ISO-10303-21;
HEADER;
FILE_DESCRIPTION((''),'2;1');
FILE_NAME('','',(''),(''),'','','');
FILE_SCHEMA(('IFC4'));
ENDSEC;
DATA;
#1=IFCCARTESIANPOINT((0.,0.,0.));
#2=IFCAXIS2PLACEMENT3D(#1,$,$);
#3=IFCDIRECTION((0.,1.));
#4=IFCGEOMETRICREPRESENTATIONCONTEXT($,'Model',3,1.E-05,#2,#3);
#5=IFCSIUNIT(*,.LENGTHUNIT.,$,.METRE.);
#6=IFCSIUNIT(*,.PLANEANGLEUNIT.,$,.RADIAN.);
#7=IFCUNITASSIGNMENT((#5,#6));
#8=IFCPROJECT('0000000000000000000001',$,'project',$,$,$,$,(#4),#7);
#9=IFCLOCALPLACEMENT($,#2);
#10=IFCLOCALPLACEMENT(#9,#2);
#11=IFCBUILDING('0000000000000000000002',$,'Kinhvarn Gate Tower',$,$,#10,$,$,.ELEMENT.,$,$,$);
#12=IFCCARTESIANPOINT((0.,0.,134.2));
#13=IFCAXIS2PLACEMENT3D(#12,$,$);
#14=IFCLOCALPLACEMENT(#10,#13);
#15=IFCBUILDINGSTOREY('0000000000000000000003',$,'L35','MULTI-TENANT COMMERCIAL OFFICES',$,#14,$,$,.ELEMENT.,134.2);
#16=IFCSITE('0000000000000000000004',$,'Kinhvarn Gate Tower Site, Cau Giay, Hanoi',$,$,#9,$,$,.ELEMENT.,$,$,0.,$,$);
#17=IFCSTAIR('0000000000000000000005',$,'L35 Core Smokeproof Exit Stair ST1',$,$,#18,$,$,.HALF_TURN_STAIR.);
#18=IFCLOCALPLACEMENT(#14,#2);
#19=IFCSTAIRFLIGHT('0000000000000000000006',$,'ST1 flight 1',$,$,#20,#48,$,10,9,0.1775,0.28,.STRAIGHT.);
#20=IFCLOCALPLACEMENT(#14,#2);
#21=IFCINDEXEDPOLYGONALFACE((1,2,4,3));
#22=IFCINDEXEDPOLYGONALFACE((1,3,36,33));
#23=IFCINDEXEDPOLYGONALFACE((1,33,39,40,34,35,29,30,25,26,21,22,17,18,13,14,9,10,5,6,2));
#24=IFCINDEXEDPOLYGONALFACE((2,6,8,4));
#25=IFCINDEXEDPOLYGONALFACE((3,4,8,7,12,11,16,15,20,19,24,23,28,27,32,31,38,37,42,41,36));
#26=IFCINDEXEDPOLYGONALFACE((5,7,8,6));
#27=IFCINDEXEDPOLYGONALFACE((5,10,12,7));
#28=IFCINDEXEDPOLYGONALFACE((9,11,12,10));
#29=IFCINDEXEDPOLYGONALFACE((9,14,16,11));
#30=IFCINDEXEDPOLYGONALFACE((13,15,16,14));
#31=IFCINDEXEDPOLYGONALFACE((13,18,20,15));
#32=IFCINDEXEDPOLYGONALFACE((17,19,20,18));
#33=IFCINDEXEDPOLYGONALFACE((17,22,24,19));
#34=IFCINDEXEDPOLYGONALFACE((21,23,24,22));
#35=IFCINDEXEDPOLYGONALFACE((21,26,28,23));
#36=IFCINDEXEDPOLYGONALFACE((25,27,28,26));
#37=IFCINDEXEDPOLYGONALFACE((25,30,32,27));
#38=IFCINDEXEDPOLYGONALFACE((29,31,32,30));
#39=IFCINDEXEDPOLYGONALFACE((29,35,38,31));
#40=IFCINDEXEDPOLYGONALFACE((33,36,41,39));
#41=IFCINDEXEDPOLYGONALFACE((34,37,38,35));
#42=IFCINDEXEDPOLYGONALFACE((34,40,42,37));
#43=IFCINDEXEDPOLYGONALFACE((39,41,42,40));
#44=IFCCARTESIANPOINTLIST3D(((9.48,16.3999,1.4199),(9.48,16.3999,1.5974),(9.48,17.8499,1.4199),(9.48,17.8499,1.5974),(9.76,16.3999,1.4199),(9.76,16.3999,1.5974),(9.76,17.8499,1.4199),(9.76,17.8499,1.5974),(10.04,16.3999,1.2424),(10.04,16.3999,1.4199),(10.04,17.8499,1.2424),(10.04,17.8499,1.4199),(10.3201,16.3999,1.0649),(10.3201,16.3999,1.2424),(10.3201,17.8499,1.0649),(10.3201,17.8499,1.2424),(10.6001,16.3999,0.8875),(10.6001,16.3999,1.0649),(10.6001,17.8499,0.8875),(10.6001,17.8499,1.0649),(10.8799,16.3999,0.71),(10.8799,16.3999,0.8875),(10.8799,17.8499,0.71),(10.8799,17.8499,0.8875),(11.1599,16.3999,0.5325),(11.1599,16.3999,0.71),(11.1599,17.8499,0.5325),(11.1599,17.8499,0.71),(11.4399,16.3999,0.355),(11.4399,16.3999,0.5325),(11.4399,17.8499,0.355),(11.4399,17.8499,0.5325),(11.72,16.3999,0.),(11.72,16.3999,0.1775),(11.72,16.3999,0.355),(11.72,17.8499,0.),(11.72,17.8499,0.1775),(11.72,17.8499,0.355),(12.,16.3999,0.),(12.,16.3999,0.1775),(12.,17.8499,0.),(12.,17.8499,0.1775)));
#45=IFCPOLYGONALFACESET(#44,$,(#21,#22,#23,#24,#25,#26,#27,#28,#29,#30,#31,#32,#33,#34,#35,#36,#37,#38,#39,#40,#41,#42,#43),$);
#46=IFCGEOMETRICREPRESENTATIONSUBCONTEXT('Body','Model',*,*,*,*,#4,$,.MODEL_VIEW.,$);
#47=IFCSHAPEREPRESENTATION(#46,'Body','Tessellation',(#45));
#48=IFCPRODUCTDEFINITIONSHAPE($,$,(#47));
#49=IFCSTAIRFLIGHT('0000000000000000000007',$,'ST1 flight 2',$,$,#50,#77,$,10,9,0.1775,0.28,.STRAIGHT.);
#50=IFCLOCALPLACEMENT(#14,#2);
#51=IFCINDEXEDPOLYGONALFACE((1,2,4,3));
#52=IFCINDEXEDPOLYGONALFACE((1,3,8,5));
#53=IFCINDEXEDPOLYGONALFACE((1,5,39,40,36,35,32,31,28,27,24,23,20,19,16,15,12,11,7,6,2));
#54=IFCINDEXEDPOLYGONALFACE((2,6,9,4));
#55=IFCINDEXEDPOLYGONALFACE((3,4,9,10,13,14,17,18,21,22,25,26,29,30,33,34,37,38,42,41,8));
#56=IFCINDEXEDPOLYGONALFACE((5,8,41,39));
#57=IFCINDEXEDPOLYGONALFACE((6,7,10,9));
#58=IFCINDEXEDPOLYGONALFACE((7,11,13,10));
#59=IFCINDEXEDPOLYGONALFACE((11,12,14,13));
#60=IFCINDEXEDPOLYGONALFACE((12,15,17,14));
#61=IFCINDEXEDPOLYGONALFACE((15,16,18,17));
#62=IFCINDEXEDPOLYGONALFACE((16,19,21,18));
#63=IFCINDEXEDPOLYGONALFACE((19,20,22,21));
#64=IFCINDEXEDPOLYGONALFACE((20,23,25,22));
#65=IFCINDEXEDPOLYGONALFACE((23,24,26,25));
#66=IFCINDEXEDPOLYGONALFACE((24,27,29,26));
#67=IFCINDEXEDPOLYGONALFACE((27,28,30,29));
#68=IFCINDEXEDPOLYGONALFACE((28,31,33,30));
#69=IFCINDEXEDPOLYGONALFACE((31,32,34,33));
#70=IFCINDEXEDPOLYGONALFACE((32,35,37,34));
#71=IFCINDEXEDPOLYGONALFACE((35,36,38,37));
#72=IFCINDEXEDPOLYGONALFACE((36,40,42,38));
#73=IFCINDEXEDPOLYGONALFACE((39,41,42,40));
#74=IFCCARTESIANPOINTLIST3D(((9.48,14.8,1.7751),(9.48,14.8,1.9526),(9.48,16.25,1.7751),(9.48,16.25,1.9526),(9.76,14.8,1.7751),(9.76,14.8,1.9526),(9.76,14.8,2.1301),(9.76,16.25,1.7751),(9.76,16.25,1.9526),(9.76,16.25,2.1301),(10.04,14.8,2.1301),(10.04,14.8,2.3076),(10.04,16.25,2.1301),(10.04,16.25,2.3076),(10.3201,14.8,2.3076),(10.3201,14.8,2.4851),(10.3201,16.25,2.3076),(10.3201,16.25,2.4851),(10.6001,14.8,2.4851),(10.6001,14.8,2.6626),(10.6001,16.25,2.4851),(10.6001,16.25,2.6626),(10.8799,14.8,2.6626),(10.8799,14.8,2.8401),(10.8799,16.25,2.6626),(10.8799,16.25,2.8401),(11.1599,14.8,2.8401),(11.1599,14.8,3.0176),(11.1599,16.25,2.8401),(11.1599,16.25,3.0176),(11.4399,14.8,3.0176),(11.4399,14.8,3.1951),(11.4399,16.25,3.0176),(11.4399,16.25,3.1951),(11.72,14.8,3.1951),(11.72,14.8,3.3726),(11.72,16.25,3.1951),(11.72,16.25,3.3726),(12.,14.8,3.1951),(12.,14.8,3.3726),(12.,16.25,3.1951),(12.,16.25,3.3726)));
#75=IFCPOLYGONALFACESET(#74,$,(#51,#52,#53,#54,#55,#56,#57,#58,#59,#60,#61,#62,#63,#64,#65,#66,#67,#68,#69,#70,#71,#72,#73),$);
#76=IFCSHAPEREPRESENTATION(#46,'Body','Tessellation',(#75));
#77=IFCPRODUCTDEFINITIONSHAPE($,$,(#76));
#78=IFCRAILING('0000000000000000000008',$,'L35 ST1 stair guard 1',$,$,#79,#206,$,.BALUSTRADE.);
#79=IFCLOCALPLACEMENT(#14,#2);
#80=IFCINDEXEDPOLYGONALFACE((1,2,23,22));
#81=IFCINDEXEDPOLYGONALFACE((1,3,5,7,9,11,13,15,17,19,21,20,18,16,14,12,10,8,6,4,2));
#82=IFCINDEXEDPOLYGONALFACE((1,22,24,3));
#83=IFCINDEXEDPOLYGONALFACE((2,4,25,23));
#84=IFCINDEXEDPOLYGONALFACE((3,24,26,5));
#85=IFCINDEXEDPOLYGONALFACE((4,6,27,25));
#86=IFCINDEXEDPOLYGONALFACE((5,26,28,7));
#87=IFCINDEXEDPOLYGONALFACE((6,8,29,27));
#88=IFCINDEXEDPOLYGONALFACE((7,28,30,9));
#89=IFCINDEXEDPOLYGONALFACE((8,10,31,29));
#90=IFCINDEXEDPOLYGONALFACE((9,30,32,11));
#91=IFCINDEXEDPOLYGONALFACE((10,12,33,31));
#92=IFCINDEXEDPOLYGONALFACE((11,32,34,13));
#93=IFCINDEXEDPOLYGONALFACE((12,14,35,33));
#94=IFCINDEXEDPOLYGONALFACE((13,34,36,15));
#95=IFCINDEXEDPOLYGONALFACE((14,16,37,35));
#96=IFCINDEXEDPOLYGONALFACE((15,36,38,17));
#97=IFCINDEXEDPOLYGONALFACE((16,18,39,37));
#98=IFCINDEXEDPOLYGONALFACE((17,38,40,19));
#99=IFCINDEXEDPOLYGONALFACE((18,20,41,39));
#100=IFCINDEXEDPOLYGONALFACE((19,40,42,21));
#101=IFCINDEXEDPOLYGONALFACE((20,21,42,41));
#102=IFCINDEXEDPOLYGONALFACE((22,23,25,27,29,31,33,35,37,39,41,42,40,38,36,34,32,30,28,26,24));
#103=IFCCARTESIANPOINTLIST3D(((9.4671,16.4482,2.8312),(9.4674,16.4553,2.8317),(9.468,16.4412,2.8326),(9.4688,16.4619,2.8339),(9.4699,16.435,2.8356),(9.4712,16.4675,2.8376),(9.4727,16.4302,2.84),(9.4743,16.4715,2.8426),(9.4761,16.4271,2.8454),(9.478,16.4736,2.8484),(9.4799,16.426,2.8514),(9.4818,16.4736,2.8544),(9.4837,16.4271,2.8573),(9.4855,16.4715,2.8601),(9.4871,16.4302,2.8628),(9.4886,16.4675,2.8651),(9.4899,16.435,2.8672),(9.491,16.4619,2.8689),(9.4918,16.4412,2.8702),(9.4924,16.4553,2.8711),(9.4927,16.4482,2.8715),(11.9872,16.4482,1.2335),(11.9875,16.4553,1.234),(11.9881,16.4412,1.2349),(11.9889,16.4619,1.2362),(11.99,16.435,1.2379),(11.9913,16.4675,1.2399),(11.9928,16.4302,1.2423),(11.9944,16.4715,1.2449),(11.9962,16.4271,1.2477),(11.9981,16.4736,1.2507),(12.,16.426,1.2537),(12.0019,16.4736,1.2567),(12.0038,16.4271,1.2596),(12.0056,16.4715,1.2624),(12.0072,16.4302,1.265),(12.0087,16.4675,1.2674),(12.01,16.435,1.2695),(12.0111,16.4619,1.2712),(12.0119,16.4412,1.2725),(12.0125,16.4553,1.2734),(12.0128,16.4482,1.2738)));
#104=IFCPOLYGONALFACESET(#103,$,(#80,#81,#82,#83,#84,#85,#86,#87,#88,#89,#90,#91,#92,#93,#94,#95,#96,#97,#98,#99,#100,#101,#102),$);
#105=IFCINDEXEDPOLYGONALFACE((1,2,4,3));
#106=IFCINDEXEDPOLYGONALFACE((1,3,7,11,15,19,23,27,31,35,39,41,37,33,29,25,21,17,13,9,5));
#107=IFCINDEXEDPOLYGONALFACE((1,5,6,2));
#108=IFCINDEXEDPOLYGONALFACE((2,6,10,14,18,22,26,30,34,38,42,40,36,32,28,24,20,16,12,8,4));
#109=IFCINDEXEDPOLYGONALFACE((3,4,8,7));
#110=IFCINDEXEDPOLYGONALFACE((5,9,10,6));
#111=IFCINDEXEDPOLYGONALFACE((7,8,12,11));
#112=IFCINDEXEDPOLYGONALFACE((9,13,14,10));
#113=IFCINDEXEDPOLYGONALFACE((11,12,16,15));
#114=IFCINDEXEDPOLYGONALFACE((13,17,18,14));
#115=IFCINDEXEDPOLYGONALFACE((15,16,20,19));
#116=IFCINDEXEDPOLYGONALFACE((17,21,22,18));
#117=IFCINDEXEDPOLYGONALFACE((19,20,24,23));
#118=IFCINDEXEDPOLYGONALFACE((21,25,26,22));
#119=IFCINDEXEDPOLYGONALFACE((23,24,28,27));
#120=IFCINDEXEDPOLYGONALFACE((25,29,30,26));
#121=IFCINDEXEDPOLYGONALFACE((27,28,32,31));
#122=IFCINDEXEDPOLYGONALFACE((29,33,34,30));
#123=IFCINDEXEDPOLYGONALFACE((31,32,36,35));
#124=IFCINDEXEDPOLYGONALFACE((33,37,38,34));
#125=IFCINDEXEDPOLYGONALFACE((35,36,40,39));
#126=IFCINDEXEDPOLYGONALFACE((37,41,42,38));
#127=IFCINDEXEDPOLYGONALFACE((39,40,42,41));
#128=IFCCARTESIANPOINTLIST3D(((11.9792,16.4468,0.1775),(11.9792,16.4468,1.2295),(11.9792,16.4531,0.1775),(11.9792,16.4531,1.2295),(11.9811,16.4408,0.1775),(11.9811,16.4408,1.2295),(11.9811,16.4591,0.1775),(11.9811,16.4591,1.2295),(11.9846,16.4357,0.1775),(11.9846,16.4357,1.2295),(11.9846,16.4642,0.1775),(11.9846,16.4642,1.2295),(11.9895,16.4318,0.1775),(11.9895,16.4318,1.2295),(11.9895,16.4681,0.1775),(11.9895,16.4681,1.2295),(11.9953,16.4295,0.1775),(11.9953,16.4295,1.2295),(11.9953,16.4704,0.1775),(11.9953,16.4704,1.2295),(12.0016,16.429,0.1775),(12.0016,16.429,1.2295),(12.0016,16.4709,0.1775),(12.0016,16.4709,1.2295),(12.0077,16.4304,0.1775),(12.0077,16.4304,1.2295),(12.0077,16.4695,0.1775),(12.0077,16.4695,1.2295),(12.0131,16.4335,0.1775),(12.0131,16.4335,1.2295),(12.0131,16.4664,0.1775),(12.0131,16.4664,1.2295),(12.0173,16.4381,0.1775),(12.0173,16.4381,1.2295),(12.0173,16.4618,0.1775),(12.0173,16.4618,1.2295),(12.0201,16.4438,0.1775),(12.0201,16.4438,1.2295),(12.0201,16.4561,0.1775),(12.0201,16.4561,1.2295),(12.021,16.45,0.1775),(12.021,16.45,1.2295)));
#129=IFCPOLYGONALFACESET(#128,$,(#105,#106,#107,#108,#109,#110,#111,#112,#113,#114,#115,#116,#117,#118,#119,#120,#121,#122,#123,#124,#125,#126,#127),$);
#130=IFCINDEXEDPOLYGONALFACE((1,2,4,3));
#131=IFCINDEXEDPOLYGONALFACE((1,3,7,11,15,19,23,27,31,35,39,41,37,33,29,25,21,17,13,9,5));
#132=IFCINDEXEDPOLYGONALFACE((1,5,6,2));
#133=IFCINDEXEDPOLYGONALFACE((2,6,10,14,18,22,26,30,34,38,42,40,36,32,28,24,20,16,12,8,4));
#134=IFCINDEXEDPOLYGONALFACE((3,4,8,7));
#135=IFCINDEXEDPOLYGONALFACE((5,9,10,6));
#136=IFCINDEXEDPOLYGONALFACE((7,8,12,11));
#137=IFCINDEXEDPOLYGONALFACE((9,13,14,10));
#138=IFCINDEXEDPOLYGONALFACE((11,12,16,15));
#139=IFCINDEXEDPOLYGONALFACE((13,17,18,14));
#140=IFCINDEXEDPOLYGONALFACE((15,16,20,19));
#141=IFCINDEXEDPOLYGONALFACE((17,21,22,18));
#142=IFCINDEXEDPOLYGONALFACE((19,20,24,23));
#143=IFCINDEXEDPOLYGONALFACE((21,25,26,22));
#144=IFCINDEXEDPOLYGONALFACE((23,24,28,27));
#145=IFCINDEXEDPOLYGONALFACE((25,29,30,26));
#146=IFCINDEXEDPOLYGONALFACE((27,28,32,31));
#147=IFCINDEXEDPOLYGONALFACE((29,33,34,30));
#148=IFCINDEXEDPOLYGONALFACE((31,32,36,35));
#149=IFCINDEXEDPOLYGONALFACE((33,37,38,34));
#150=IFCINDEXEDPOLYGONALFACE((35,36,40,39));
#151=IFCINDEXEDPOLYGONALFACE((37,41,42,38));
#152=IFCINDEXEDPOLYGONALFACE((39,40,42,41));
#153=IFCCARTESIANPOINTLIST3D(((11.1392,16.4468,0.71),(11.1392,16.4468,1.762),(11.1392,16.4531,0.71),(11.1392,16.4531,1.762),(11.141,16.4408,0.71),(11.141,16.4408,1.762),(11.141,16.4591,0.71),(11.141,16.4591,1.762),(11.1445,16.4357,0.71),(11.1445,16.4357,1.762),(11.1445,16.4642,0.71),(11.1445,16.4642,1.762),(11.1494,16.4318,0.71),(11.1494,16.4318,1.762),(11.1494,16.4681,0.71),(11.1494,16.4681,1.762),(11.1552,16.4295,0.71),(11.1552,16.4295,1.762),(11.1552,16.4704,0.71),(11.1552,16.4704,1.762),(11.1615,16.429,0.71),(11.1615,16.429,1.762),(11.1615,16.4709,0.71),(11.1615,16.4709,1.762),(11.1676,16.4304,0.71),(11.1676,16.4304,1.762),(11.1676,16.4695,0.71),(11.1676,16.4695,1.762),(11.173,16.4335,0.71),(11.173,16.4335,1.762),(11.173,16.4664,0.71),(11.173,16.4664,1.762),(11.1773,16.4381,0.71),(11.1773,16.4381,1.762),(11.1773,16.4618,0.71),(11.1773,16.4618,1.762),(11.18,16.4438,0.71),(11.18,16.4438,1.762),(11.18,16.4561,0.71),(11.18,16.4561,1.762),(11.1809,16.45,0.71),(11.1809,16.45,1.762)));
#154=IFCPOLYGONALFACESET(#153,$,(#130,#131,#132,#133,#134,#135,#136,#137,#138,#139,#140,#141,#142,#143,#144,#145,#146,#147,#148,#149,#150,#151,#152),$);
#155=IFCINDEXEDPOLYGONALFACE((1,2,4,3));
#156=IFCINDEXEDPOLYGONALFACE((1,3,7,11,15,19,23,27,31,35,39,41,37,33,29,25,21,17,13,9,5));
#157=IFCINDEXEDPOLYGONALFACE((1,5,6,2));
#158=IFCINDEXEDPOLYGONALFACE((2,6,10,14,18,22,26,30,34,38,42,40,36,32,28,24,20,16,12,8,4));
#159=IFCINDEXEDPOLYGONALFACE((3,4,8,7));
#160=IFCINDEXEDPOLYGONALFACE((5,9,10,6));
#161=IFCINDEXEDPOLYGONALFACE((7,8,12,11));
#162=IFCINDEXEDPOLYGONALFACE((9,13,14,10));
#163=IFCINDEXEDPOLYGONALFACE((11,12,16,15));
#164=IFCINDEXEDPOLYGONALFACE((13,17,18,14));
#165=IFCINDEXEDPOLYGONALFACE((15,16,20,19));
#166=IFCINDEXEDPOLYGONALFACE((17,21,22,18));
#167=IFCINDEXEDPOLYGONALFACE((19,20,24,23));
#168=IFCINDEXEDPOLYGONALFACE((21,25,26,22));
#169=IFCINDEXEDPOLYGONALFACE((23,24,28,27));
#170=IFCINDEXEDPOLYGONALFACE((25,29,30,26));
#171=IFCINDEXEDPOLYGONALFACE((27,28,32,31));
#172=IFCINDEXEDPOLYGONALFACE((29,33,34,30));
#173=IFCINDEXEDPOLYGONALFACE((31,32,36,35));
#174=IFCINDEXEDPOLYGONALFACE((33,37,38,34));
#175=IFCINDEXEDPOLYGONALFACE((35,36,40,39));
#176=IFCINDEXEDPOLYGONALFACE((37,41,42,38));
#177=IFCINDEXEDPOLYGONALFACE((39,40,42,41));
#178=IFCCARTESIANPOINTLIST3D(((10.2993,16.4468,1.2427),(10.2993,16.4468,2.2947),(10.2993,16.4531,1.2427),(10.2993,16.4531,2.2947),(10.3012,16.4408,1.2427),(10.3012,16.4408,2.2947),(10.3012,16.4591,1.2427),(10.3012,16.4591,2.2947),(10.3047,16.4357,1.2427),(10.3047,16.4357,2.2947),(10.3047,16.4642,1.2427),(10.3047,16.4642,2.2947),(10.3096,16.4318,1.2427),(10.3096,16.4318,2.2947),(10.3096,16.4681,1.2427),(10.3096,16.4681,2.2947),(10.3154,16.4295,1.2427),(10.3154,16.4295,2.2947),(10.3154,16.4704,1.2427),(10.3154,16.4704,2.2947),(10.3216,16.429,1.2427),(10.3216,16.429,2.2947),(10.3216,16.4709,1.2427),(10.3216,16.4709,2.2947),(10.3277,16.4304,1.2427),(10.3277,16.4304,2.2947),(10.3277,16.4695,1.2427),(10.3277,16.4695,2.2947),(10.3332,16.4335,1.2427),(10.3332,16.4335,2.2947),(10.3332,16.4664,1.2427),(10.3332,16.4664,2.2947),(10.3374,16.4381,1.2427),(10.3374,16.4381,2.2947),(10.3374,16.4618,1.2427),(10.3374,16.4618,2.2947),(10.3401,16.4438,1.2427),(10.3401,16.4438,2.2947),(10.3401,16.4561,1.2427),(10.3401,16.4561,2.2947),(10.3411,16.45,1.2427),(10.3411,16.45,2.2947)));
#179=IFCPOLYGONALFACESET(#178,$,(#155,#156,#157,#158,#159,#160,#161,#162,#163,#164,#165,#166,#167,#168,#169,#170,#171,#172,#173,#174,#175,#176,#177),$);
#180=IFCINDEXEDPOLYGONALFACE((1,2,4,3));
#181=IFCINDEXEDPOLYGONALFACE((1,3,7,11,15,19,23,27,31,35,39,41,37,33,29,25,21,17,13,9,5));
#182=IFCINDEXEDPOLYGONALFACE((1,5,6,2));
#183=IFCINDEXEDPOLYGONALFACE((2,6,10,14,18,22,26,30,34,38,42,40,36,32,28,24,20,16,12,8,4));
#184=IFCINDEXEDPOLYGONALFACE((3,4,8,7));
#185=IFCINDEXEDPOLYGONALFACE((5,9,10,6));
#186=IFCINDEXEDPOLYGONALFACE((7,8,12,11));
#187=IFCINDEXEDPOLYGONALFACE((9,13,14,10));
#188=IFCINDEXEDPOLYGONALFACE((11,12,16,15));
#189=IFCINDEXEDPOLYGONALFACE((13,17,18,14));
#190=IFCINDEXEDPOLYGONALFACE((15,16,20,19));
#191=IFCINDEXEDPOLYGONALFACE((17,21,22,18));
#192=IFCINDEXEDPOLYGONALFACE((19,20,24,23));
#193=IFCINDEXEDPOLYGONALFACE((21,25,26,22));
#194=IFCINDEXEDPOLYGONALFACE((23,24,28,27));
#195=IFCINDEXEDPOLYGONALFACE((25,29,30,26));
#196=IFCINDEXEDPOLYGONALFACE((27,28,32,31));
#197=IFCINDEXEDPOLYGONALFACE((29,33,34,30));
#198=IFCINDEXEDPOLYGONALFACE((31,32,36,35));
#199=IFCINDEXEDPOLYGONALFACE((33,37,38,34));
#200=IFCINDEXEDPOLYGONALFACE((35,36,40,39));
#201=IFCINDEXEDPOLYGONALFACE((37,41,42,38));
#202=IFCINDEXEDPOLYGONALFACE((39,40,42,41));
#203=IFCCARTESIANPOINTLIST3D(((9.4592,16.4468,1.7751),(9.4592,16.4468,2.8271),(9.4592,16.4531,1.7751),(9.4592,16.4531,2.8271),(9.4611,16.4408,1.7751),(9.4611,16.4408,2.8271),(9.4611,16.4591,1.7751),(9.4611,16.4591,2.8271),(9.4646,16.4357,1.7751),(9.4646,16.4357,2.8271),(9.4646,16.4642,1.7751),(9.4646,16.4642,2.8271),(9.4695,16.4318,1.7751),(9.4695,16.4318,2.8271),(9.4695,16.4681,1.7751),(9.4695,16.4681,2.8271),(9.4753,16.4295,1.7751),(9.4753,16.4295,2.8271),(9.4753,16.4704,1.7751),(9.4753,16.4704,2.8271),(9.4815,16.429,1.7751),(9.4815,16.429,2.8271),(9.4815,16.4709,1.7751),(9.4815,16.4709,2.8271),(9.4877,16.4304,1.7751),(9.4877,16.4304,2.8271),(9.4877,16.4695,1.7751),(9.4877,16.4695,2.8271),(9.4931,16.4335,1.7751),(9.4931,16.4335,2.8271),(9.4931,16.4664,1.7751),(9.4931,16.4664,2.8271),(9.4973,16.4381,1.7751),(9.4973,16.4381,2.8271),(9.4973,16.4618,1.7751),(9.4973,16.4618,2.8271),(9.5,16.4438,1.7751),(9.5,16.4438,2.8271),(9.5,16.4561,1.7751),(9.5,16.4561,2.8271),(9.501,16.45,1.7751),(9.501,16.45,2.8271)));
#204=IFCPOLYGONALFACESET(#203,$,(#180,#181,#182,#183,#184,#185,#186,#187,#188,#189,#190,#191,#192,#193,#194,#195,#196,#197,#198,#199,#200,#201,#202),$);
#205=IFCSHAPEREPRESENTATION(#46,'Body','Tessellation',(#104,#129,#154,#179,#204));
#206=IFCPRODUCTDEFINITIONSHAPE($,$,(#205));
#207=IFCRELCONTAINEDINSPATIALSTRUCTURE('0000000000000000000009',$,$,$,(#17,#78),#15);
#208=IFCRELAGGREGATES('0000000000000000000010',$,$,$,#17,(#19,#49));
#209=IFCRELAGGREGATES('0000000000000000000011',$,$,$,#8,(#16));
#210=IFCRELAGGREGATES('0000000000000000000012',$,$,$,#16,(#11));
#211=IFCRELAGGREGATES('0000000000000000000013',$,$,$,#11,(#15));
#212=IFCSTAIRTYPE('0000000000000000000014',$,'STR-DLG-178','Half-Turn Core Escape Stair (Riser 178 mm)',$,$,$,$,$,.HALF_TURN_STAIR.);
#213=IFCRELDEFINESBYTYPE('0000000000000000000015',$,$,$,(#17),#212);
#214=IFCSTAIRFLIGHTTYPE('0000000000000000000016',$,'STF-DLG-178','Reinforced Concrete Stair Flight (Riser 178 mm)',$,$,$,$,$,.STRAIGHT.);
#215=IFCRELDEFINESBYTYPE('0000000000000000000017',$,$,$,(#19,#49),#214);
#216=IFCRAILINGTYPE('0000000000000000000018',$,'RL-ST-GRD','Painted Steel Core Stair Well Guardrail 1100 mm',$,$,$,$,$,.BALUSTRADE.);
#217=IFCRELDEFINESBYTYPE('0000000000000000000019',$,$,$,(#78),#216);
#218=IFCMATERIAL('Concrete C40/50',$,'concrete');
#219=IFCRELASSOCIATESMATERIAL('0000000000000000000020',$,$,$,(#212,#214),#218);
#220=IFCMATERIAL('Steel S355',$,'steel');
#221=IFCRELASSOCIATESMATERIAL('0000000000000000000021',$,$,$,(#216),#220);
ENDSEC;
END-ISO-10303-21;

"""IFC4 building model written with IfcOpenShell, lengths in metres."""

from ifc_helpers import new_model, si_unit, direction, frame, origin, origin_2d, place, context, subcontext, project, spatial, polyline, circle, outline, extrude, material, type_object, element, aggregate, save


model = new_model("IFC4")

# Units and contexts
model_context = context("Model", 3, precision=1e-05, world=origin(), true_north=direction((0.0, 1.0)))
body_context = subcontext(model_context, "Body", "Model", "MODEL_VIEW")
ifc_project = project(units=[si_unit("LENGTHUNIT", "METRE"), si_unit("PLANEANGLEUNIT", "RADIAN")], contexts=[model_context])

# Site, building, storey
site_placement = place(None, origin())
site = spatial("IfcSite", under=ifc_project, at=site_placement, Name="Kinhvarn Gate Tower Site, Cau Giay, Hanoi", CompositionType="ELEMENT", RefElevation=0.0)
building_placement = place(site_placement, origin())
building = spatial("IfcBuilding", under=site, at=building_placement, Name="Kinhvarn Gate Tower", CompositionType="ELEMENT")
storey_placement = place(building_placement, frame((0.0, 0.0, 134.2)))
storey = spatial("IfcBuildingStorey", under=building, at=storey_placement, Name="L35", Description="MULTI-TENANT COMMERCIAL OFFICES", CompositionType="ELEMENT", Elevation=134.2)

# Shared definitions
ifc_material_1 = material(Name="Steel S355", Category="steel")

# Shared definitions
ifc_material_2 = material(Name="Concrete C40/50", Category="concrete")

# Stair, stair flights
stair_type = type_object("IfcStairType", Name="STR-DLG-178", Description="Half-Turn Core Escape Stair (Riser 178 mm)", PredefinedType="HALF_TURN_STAIR", material=ifc_material_2)
stair_placement = place(storey_placement, origin())
stair = element("IfcStair", 1, at=stair_placement, inside=storey, type_object=stair_type, Name="L35 Core Smokeproof Exit Stair ST1", PredefinedType="HALF_TURN_STAIR")
stair_flight_type = type_object("IfcStairFlightType", Name="STF-DLG-178", Description="Reinforced Concrete Stair Flight (Riser 178 mm)", PredefinedType="STRAIGHT", material=ifc_material_2)
stair_flight_1_placement = place(storey_placement, frame((12.0, 17.125, 0.0), z_axis=(0.0, 0.0, 1.0), x_axis=(-1.0, 0.0, 0.0)))
stair_flight_1 = element("IfcStairFlight", 2, at=stair_flight_1_placement, type_object=stair_flight_type, Name="ST1 flight 1", NumberOfRisers=10, NumberOfTreads=9, PredefinedType="STRAIGHT", RiserHeight=0.1775, TreadLength=0.28, context=body_context, shape_type="SweptSolid", body=[
    extrude(outline(polyline([(0.0, 0.0), (0.0, 0.1775), (0.28, 0.1775), (0.28, 0.355), (0.5601, 0.355), (0.5601, 0.5325), (0.8401, 0.5325), (0.8401, 0.71), (1.1201, 0.71), (1.1201, 0.8875), (1.3999, 0.8875), (1.3999, 1.0649), (1.6799, 1.0649), (1.6799, 1.2424), (1.96, 1.2424), (1.96, 1.4199), (2.24, 1.4199), (2.24, 1.5974), (2.52, 1.5974), (2.52, 1.7749), (2.52, 1.4199), (0.28, 0.0), (0.0, 0.0)])), frame((0.0, 0.7251, 0.0), z_axis=(0.0, -1.0, 0.0), x_axis=(1.0, 0.0, 0.0)), (0.0, 0.0, 1.0), 1.45),
])
stair_flight_2_placement = place(storey_placement, frame((9.48, 15.5249, 1.7751), z_axis=(0.0, 0.0, 1.0), x_axis=(1.0, 0.0, 0.0)))
stair_flight_2 = element("IfcStairFlight", 3, at=stair_flight_2_placement, type_object=stair_flight_type, Name="ST1 flight 2", NumberOfRisers=10, NumberOfTreads=9, PredefinedType="STRAIGHT", RiserHeight=0.1775, TreadLength=0.28, context=body_context, shape_type="SweptSolid", body=[
    extrude(outline(polyline([(0.0, 0.0), (0.0, 0.1775), (0.28, 0.1775), (0.28, 0.355), (0.5601, 0.355), (0.5601, 0.5325), (0.8401, 0.5325), (0.8401, 0.71), (1.1201, 0.71), (1.1201, 0.8875), (1.3999, 0.8875), (1.3999, 1.0649), (1.6799, 1.0649), (1.6799, 1.2424), (1.96, 1.2424), (1.96, 1.4199), (2.24, 1.4199), (2.24, 1.5974), (2.52, 1.5974), (2.52, 1.7749), (2.52, 1.4199), (0.28, 0.0), (0.0, 0.0)])), frame((0.0, 0.7251, 0.0), z_axis=(0.0, -1.0, 0.0), x_axis=(1.0, 0.0, 0.0)), (0.0, 0.0, 1.0), 1.45),
])
aggregate(stair, [stair_flight_1, stair_flight_2])

# Railing
railing_type_1 = type_object("IfcRailingType", Name="RL-ST-GRD", Description="Painted Steel Core Stair Well Guardrail 1100 mm", PredefinedType="BALUSTRADE", material=ifc_material_1)
railing_1_placement = place(storey_placement, frame((12.0, 16.45, 0.1775)))
element("IfcRailing", 4, at=railing_1_placement, inside=storey, type_object=railing_type_1, Name="L35 ST1 stair guard 1", PredefinedType="BALUSTRADE", context=body_context, shape_type="SweptSolid", body=[
    extrude(circle(Radius=0.0239, at=origin_2d()), frame((0.0, 0.0, 1.0762), z_axis=(-0.84457, 0.0, 0.535445), x_axis=(0.0, -1.0, 0.0)), (0.0, 0.0, 1.0), 2.9839),
    extrude(circle(Radius=0.021, at=origin_2d()), origin(), (0.0, 0.0, 1.0), 1.052),
    extrude(circle(Radius=0.021, at=origin_2d()), frame((-0.8401, 0.0, 0.5325)), (0.0, 0.0, 1.0), 1.052),
    extrude(circle(Radius=0.021, at=origin_2d()), frame((-1.6799, 0.0, 1.0652)), (0.0, 0.0, 1.0), 1.052),
    extrude(circle(Radius=0.021, at=origin_2d()), frame((-2.52, 0.0, 1.5977)), (0.0, 0.0, 1.0), 1.052),
])

save(model, "model.ifc")
